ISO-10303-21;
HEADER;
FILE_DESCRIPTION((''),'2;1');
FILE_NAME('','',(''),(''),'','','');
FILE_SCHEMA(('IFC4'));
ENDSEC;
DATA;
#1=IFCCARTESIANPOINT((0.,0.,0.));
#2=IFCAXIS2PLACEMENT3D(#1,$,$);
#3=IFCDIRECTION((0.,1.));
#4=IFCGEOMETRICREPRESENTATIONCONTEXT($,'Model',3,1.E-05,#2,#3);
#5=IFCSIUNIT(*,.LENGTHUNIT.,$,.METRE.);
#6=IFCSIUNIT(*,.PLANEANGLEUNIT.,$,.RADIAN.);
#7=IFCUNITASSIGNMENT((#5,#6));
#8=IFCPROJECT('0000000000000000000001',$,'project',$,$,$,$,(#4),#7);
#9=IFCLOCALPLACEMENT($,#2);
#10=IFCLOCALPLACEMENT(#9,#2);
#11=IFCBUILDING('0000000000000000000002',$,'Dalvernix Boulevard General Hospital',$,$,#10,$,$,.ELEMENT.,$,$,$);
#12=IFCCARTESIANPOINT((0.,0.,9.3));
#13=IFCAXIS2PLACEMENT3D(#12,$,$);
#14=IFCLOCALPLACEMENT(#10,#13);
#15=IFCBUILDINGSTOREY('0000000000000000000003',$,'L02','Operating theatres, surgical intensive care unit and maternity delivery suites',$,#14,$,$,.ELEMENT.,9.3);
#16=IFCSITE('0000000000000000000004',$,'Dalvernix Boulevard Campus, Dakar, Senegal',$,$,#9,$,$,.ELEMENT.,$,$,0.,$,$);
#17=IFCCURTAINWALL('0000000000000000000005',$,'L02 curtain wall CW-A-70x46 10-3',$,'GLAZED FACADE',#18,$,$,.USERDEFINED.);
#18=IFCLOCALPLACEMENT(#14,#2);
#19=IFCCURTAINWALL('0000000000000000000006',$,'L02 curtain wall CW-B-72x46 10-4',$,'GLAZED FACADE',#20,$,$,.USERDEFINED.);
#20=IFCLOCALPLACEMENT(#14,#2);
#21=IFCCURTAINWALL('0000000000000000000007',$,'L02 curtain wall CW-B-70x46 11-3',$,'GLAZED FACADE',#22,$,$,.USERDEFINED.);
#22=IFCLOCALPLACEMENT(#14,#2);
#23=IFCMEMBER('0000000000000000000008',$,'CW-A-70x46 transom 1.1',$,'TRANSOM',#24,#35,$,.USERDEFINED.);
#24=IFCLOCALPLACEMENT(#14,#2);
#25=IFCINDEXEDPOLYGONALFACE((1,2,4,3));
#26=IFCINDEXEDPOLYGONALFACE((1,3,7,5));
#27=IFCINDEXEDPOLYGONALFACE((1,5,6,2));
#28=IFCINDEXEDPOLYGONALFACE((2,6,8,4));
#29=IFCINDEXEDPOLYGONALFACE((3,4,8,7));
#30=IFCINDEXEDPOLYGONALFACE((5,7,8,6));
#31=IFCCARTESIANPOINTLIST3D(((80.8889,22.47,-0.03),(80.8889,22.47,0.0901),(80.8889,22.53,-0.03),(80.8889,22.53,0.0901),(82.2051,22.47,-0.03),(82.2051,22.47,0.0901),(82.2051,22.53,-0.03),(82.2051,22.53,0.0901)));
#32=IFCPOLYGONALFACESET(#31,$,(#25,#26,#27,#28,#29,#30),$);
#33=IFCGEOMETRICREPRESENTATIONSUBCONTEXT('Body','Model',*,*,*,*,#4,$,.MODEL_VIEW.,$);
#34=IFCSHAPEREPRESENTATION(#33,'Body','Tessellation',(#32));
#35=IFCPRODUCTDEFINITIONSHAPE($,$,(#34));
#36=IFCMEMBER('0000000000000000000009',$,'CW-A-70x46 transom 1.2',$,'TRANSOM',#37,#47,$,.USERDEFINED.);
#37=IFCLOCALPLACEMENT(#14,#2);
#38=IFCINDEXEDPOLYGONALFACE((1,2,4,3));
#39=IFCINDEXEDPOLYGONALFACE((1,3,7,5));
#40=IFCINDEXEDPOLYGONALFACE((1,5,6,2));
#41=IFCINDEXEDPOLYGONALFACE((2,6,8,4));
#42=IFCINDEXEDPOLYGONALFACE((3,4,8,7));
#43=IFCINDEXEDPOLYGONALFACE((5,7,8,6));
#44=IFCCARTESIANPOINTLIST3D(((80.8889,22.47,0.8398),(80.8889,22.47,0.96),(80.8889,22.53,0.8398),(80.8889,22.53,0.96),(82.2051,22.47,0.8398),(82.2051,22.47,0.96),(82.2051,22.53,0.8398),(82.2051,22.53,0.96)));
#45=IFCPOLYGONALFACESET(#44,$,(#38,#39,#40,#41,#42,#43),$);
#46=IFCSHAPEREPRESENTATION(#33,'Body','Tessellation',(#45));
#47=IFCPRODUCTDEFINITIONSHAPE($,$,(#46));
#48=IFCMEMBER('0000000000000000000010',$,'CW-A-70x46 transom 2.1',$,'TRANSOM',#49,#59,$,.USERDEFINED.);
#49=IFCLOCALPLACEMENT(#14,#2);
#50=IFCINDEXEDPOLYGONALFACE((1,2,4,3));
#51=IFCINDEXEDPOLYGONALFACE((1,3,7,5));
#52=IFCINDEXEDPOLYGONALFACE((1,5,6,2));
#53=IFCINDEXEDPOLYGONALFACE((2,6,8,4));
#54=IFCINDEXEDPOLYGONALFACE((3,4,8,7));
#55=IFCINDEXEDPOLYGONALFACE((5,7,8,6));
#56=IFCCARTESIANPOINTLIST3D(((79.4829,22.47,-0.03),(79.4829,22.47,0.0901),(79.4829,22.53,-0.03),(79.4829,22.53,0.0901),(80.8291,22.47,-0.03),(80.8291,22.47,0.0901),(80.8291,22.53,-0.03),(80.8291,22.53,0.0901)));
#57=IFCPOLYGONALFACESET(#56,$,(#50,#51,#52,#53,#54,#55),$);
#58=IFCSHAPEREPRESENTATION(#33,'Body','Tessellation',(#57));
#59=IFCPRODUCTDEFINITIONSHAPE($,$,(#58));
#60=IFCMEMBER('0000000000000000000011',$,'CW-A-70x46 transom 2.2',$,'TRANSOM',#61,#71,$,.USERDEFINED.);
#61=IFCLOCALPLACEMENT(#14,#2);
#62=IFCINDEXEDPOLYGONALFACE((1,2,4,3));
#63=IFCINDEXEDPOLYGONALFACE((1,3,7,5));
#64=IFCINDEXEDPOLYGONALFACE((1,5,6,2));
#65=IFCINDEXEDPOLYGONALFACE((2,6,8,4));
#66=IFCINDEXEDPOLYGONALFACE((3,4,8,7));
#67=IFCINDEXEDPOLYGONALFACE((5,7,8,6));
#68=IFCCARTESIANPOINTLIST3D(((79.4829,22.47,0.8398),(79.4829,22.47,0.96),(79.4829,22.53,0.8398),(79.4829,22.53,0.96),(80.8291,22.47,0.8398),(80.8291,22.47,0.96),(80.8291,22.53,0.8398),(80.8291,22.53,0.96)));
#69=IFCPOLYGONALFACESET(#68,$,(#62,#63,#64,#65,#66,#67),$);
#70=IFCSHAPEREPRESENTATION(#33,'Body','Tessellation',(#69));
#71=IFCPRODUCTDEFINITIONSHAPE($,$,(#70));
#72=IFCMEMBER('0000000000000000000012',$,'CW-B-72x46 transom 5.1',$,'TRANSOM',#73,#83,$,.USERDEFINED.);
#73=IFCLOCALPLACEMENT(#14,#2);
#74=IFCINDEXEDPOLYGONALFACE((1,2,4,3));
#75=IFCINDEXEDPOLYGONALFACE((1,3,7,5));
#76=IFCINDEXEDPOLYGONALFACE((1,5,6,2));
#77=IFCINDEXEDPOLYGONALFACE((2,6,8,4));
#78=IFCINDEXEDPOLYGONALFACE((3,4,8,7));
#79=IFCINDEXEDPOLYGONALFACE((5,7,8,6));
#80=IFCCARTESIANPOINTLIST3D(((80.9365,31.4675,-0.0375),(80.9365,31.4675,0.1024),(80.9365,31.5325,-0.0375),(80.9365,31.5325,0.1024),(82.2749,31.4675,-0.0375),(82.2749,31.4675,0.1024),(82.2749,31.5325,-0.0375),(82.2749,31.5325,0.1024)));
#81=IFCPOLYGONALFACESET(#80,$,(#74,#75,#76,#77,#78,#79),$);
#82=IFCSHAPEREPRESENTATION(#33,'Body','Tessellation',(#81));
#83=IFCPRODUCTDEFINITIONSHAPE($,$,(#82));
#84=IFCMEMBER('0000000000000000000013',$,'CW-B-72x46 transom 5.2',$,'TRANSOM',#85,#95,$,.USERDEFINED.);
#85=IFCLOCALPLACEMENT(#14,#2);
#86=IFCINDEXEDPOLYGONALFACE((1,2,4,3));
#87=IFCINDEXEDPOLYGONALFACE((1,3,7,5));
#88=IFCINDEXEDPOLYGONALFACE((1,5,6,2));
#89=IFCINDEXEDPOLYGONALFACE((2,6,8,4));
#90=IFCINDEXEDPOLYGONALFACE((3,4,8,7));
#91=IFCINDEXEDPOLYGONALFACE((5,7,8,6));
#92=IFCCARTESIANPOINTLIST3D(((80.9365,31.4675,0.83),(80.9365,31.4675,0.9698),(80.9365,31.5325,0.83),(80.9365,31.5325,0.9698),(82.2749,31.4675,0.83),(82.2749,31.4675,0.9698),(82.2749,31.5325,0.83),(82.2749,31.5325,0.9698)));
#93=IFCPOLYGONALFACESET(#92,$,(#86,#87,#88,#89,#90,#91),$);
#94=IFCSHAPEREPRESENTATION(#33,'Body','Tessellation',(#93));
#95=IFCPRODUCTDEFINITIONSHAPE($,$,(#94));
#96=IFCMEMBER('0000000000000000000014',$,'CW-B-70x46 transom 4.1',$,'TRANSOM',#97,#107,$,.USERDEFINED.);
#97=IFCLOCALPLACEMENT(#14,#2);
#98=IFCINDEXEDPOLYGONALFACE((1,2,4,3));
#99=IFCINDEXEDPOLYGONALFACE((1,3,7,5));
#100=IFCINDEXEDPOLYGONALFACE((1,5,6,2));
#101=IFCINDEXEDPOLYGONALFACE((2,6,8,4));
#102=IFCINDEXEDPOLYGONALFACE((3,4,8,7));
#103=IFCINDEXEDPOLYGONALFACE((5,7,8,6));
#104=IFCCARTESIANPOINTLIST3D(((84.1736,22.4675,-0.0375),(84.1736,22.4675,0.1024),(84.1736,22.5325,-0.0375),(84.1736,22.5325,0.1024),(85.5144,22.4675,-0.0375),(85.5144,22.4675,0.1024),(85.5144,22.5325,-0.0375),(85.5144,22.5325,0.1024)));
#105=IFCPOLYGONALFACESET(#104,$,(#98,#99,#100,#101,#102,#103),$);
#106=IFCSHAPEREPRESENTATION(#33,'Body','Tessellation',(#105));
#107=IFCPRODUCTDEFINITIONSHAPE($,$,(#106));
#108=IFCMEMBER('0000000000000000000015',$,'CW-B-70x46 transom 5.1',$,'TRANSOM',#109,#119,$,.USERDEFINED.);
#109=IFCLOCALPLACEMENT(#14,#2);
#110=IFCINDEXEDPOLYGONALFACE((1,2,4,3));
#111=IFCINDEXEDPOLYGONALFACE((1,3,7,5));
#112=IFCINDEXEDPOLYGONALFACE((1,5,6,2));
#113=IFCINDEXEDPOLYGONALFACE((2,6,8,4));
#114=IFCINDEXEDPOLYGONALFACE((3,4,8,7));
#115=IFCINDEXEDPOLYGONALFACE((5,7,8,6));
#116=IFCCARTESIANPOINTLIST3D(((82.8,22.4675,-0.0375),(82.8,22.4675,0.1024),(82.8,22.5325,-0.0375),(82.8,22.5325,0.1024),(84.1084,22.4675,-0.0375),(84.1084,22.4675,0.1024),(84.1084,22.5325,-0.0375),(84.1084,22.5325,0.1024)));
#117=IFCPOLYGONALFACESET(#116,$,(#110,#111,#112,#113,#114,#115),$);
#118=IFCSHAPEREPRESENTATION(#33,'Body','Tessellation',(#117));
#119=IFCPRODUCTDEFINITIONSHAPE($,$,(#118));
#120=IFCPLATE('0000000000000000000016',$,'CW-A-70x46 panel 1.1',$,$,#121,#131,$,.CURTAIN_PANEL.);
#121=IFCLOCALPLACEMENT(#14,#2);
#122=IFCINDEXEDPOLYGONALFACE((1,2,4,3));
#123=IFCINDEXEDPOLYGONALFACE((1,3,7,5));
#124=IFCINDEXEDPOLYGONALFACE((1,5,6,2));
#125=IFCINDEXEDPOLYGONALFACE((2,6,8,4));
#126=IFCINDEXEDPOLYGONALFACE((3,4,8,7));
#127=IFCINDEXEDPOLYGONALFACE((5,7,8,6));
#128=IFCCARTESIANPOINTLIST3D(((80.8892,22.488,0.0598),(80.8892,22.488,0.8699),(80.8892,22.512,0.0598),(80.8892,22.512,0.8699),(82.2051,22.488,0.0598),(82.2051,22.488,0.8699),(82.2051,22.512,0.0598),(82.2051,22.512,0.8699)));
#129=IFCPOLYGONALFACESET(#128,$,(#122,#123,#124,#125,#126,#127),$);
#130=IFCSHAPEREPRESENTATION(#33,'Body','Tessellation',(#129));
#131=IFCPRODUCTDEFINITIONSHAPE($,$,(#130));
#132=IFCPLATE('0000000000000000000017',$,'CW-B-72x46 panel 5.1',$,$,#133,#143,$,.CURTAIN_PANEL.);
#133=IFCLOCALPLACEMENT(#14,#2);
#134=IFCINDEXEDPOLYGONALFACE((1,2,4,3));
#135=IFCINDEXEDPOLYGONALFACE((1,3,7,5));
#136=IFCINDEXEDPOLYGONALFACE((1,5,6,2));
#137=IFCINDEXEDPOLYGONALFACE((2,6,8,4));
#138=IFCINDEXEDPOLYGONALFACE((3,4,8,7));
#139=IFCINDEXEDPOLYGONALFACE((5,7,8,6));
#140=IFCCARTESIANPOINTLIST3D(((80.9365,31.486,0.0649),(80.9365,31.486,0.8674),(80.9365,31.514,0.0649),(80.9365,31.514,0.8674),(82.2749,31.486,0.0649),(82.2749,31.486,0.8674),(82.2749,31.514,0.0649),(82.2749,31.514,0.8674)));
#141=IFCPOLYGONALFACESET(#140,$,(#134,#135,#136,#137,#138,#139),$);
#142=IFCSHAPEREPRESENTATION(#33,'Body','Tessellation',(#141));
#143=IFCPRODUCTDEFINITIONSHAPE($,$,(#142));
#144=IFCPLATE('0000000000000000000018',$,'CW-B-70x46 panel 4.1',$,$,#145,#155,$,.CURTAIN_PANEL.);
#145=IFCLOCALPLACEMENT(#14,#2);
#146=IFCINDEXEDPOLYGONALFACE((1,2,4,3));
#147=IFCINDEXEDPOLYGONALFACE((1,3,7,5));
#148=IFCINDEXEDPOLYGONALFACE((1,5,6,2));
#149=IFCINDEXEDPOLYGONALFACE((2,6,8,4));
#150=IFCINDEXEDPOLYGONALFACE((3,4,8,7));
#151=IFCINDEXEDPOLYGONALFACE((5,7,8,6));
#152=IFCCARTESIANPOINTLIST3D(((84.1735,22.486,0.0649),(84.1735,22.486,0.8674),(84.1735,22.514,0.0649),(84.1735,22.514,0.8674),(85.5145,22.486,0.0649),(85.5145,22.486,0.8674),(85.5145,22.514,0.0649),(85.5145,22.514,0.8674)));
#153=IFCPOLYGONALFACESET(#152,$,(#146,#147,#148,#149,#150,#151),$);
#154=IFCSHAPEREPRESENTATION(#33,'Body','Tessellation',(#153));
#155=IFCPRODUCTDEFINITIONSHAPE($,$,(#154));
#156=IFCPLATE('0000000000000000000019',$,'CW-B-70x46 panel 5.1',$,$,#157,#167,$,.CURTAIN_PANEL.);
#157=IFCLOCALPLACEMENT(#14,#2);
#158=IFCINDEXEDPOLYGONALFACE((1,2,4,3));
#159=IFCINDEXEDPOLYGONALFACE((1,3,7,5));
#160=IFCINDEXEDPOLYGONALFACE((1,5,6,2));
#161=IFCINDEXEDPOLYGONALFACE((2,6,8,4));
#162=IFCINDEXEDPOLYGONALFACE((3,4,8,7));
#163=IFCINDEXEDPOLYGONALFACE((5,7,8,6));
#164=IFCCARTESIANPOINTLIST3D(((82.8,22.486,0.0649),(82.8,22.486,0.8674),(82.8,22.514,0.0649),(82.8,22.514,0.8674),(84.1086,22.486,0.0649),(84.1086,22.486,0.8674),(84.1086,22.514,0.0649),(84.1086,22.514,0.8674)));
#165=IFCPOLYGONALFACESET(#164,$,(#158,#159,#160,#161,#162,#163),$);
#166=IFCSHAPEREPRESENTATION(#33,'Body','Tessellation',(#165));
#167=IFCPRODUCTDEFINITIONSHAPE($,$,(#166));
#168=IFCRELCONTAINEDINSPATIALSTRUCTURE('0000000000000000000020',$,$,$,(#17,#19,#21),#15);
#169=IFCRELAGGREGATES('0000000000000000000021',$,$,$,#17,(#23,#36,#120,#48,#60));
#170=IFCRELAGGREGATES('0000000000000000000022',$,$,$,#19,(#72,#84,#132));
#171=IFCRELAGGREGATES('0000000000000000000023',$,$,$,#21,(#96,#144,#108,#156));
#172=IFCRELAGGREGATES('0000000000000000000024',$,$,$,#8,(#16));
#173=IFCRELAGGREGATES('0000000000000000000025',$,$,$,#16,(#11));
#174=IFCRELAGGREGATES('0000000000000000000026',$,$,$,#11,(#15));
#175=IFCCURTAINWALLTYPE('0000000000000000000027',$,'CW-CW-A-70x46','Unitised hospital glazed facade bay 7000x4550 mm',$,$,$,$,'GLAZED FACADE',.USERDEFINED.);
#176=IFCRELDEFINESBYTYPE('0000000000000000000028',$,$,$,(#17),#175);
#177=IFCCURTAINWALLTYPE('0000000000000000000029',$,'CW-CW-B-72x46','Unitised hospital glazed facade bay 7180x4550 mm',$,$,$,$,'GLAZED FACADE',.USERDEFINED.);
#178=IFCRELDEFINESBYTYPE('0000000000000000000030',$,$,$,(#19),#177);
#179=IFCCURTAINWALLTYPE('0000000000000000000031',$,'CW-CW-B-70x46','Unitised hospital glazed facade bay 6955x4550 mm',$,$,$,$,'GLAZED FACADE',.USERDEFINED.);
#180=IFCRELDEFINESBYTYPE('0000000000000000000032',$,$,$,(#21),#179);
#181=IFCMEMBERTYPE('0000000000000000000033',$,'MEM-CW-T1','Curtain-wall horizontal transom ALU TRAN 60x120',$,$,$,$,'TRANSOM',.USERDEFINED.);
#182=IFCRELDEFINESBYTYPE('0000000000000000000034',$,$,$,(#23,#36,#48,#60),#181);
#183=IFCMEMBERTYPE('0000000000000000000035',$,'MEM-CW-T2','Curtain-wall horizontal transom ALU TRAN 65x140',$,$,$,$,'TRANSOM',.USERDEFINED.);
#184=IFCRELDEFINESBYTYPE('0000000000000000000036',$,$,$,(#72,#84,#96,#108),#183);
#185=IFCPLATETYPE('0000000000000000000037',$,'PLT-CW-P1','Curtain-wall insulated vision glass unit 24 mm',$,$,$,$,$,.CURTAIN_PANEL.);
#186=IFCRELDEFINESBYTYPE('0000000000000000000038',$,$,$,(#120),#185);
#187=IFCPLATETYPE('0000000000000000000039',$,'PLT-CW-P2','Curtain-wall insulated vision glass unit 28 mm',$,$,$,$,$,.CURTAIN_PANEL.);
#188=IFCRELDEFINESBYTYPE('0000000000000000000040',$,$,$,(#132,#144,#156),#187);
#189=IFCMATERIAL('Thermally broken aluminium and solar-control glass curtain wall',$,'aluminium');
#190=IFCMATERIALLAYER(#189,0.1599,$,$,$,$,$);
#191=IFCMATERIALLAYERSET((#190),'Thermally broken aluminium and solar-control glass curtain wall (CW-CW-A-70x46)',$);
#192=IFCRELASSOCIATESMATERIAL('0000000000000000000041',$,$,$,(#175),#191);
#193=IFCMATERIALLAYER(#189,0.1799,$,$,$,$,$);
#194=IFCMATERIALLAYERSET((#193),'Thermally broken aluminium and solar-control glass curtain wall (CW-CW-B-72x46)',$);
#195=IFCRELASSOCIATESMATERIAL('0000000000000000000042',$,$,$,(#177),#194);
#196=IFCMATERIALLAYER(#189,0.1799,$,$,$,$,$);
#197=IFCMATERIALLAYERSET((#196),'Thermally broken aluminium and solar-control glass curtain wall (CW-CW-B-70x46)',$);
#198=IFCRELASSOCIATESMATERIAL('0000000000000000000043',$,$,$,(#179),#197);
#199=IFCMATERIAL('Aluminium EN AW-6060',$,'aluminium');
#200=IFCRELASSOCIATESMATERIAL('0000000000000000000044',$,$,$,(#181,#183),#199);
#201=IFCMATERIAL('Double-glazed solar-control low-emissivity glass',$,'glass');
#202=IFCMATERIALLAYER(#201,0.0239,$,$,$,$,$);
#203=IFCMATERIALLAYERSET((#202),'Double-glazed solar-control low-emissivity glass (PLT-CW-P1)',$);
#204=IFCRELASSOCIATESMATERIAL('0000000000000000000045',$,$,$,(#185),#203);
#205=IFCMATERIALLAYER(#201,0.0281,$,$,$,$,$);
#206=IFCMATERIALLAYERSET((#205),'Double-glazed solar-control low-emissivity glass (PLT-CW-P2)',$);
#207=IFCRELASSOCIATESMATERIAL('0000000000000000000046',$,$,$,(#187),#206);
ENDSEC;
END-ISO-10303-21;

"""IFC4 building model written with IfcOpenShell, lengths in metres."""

from ifc_helpers import new_model, si_unit, direction, frame, origin, origin_2d, place, context, subcontext, project, spatial, rectangle, extrude, material, layer, layer_set, material_profile, profile_set, type_object, element, aggregate, save


model = new_model("IFC4")

# Units and contexts
model_context = context("Model", 3, precision=1e-05, world=origin(), true_north=direction((0.0, 1.0)))
body_context = subcontext(model_context, "Body", "Model", "MODEL_VIEW")
ifc_project = project(units=[si_unit("LENGTHUNIT", "METRE"), si_unit("PLANEANGLEUNIT", "RADIAN")], contexts=[model_context])

# Site, building, storey
site_placement = place(None, origin())
site = spatial("IfcSite", under=ifc_project, at=site_placement, Name="Dalvernix Boulevard Campus, Dakar, Senegal", CompositionType="ELEMENT", RefElevation=0.0)
building_placement = place(site_placement, origin())
building = spatial("IfcBuilding", under=site, at=building_placement, Name="Dalvernix Boulevard General Hospital", CompositionType="ELEMENT")
storey_placement = place(building_placement, frame((0.0, 0.0, 9.3)))
storey = spatial("IfcBuildingStorey", under=building, at=storey_placement, Name="L02", Description="Operating theatres, surgical intensive care unit and maternity delivery suites", CompositionType="ELEMENT", Elevation=9.3)

# Curtain walls
ifc_material_1 = material(Name="Thermally broken aluminium and solar-control glass curtain wall", Category="aluminium")
ifc_layer_1 = layer(ifc_material_1, 0.1599)
ifc_layer_set_1 = layer_set([ifc_layer_1], Name="Thermally broken aluminium and solar-control glass curtain wall (CW-CW-A-70x46)")
curtain_wall_type_1 = type_object("IfcCurtainWallType", Name="CW-CW-A-70x46", Description="Unitised hospital glazed facade bay 7000x4550 mm", ElementType="GLAZED FACADE", PredefinedType="USERDEFINED", material=ifc_layer_set_1)
curtain_wall_1_placement = place(storey_placement, origin())
curtain_wall_1 = element("IfcCurtainWall", 1, at=curtain_wall_1_placement, inside=storey, type_object=curtain_wall_type_1, Name="L02 curtain wall CW-A-70x46 10-3", ObjectType="GLAZED FACADE", PredefinedType="USERDEFINED")
ifc_material_2 = material(Name="Aluminium EN AW-6060", Category="aluminium")
ifc_layer_2 = layer(ifc_material_1, 0.1799)
ifc_layer_set_2 = layer_set([ifc_layer_2], Name="Thermally broken aluminium and solar-control glass curtain wall (CW-CW-B-72x46)")
curtain_wall_type_2 = type_object("IfcCurtainWallType", Name="CW-CW-B-72x46", Description="Unitised hospital glazed facade bay 7180x4550 mm", ElementType="GLAZED FACADE", PredefinedType="USERDEFINED", material=ifc_layer_set_2)
curtain_wall_2_placement = place(storey_placement, origin())
curtain_wall_2 = element("IfcCurtainWall", 2, at=curtain_wall_2_placement, inside=storey, type_object=curtain_wall_type_2, Name="L02 curtain wall CW-B-72x46 10-4", ObjectType="GLAZED FACADE", PredefinedType="USERDEFINED")
ifc_layer_3 = layer(ifc_material_1, 0.1799)
ifc_layer_set_3 = layer_set([ifc_layer_3], Name="Thermally broken aluminium and solar-control glass curtain wall (CW-CW-B-70x46)")
curtain_wall_type_3 = type_object("IfcCurtainWallType", Name="CW-CW-B-70x46", Description="Unitised hospital glazed facade bay 6955x4550 mm", ElementType="GLAZED FACADE", PredefinedType="USERDEFINED", material=ifc_layer_set_3)
curtain_wall_3_placement = place(storey_placement, origin())
curtain_wall_3 = element("IfcCurtainWall", 3, at=curtain_wall_3_placement, inside=storey, type_object=curtain_wall_type_3, Name="L02 curtain wall CW-B-70x46 11-3", ObjectType="GLAZED FACADE", PredefinedType="USERDEFINED")

# Members
ifc_material_profile_1 = material_profile(ifc_material_2, rectangle(XDim=0.0601, YDim=0.1201, at=origin_2d()), Name="ALU TRAN 60x120")
ifc_profile_set_1 = profile_set([ifc_material_profile_1], Name="Aluminium EN AW-6060")
member_type_1 = type_object("IfcMemberType", Name="MEM-CW-T1", Description="Curtain-wall horizontal transom ALU TRAN 60x120", ElementType="TRANSOM", PredefinedType="USERDEFINED", material=ifc_profile_set_1)
member_1_placement = place(storey_placement, frame((82.2051, 22.5, 0.03), z_axis=(-1.0, 0.0, 0.0), x_axis=(0.0, -1.0, 0.0)))
member_1 = element("IfcMember", 4, at=member_1_placement, type_object=member_type_1, Name="CW-A-70x46 transom 1.1", ObjectType="TRANSOM", PredefinedType="USERDEFINED", context=body_context, shape_type="SweptSolid", body=[
    extrude(rectangle(XDim=0.0601, YDim=0.1201, at=origin_2d()), origin(), (0.0, 0.0, 1.0), 1.3162),
])
member_2_placement = place(storey_placement, frame((82.2051, 22.5, 0.8999), z_axis=(-1.0, 0.0, 0.0), x_axis=(0.0, -1.0, 0.0)))
member_2 = element("IfcMember", 5, at=member_2_placement, type_object=member_type_1, Name="CW-A-70x46 transom 1.2", ObjectType="TRANSOM", PredefinedType="USERDEFINED", context=body_context, shape_type="SweptSolid", body=[
    extrude(rectangle(XDim=0.0601, YDim=0.1201, at=origin_2d()), origin(), (0.0, 0.0, 1.0), 1.3162),
])
member_3_placement = place(storey_placement, frame((80.8291, 22.5, 0.03), z_axis=(-1.0, 0.0, 0.0), x_axis=(0.0, -1.0, 0.0)))
member_3 = element("IfcMember", 6, at=member_3_placement, type_object=member_type_1, Name="CW-A-70x46 transom 2.1", ObjectType="TRANSOM", PredefinedType="USERDEFINED", context=body_context, shape_type="SweptSolid", body=[
    extrude(rectangle(XDim=0.0601, YDim=0.1201, at=origin_2d()), origin(), (0.0, 0.0, 1.0), 1.3462),
])
member_4_placement = place(storey_placement, frame((80.8291, 22.5, 0.8999), z_axis=(-1.0, 0.0, 0.0), x_axis=(0.0, -1.0, 0.0)))
member_4 = element("IfcMember", 7, at=member_4_placement, type_object=member_type_1, Name="CW-A-70x46 transom 2.2", ObjectType="TRANSOM", PredefinedType="USERDEFINED", context=body_context, shape_type="SweptSolid", body=[
    extrude(rectangle(XDim=0.0601, YDim=0.1201, at=origin_2d()), origin(), (0.0, 0.0, 1.0), 1.3462),
])
ifc_material_profile_2 = material_profile(ifc_material_2, rectangle(XDim=0.0649, YDim=0.1399, at=origin_2d()), Name="ALU TRAN 65x140")
ifc_profile_set_2 = profile_set([ifc_material_profile_2], Name="Aluminium EN AW-6060")
member_type_2 = type_object("IfcMemberType", Name="MEM-CW-T2", Description="Curtain-wall horizontal transom ALU TRAN 65x140", ElementType="TRANSOM", PredefinedType="USERDEFINED", material=ifc_profile_set_2)
member_5_placement = place(storey_placement, frame((80.9365, 31.5, 0.0325), z_axis=(1.0, 0.0, 0.0), x_axis=(0.0, 1.0, 0.0)))
member_5 = element("IfcMember", 8, at=member_5_placement, type_object=member_type_2, Name="CW-B-72x46 transom 5.1", ObjectType="TRANSOM", PredefinedType="USERDEFINED", context=body_context, shape_type="SweptSolid", body=[
    extrude(rectangle(XDim=0.0649, YDim=0.1399, at=origin_2d()), origin(), (0.0, 0.0, 1.0), 1.3384),
])
member_6_placement = place(storey_placement, frame((80.9365, 31.5, 0.8999), z_axis=(1.0, 0.0, 0.0), x_axis=(0.0, 1.0, 0.0)))
member_6 = element("IfcMember", 9, at=member_6_placement, type_object=member_type_2, Name="CW-B-72x46 transom 5.2", ObjectType="TRANSOM", PredefinedType="USERDEFINED", context=body_context, shape_type="SweptSolid", body=[
    extrude(rectangle(XDim=0.0649, YDim=0.1399, at=origin_2d()), origin(), (0.0, 0.0, 1.0), 1.3384),
])
member_7_placement = place(storey_placement, frame((85.5144, 22.5, 0.0325), z_axis=(-1.0, 0.0, 0.0), x_axis=(0.0, -1.0, 0.0)))
member_7 = element("IfcMember", 10, at=member_7_placement, type_object=member_type_2, Name="CW-B-70x46 transom 4.1", ObjectType="TRANSOM", PredefinedType="USERDEFINED", context=body_context, shape_type="SweptSolid", body=[
    extrude(rectangle(XDim=0.0649, YDim=0.1399, at=origin_2d()), origin(), (0.0, 0.0, 1.0), 1.3408),
])
member_8_placement = place(storey_placement, frame((84.1084, 22.5, 0.0325), z_axis=(-1.0, 0.0, 0.0), x_axis=(0.0, -1.0, 0.0)))
member_8 = element("IfcMember", 11, at=member_8_placement, type_object=member_type_2, Name="CW-B-70x46 transom 5.1", ObjectType="TRANSOM", PredefinedType="USERDEFINED", context=body_context, shape_type="SweptSolid", body=[
    extrude(rectangle(XDim=0.0649, YDim=0.1399, at=origin_2d()), origin(), (0.0, 0.0, 1.0), 1.3083),
])

# Plates
ifc_material_3 = material(Name="Double-glazed solar-control low-emissivity glass", Category="glass")
ifc_layer_4 = layer(ifc_material_3, 0.0239)
ifc_layer_set_4 = layer_set([ifc_layer_4], Name="Double-glazed solar-control low-emissivity glass (PLT-CW-P1)")
plate_type_1 = type_object("IfcPlateType", Name="PLT-CW-P1", Description="Curtain-wall insulated vision glass unit 24 mm", PredefinedType="CURTAIN_PANEL", material=ifc_layer_set_4)
plate_1_placement = place(storey_placement, frame((81.5471, 22.5, 0.0598), z_axis=(0.0, 0.0, 1.0), x_axis=(-1.0, 0.0, 0.0)))
plate_1 = element("IfcPlate", 12, at=plate_1_placement, type_object=plate_type_1, Name="CW-A-70x46 panel 1.1", PredefinedType="CURTAIN_PANEL", context=body_context, shape_type="SweptSolid", body=[
    extrude(rectangle(XDim=1.3159, YDim=0.0239, at=origin_2d()), origin(), (0.0, 0.0, 1.0), 0.8101),
])
aggregate(curtain_wall_1, [member_1, member_2, plate_1, member_3, member_4])
ifc_layer_5 = layer(ifc_material_3, 0.0281)
ifc_layer_set_5 = layer_set([ifc_layer_5], Name="Double-glazed solar-control low-emissivity glass (PLT-CW-P2)")
plate_type_2 = type_object("IfcPlateType", Name="PLT-CW-P2", Description="Curtain-wall insulated vision glass unit 28 mm", PredefinedType="CURTAIN_PANEL", material=ifc_layer_set_5)
plate_2_placement = place(storey_placement, frame((81.6057, 31.5, 0.0649), z_axis=(0.0, 0.0, 1.0), x_axis=(1.0, 0.0, 0.0)))
plate_2 = element("IfcPlate", 13, at=plate_2_placement, type_object=plate_type_2, Name="CW-B-72x46 panel 5.1", PredefinedType="CURTAIN_PANEL", context=body_context, shape_type="SweptSolid", body=[
    extrude(rectangle(XDim=1.3384, YDim=0.0281, at=origin_2d()), origin(), (0.0, 0.0, 1.0), 0.8025),
])
aggregate(curtain_wall_2, [member_5, member_6, plate_2])
plate_3_placement = place(storey_placement, frame((84.844, 22.5, 0.0649), z_axis=(0.0, 0.0, 1.0), x_axis=(-1.0, 0.0, 0.0)))
plate_3 = element("IfcPlate", 14, at=plate_3_placement, type_object=plate_type_2, Name="CW-B-70x46 panel 4.1", PredefinedType="CURTAIN_PANEL", context=body_context, shape_type="SweptSolid", body=[
    extrude(rectangle(XDim=1.3411, YDim=0.0281, at=origin_2d()), origin(), (0.0, 0.0, 1.0), 0.8025),
])
plate_4_placement = place(storey_placement, frame((83.4543, 22.5, 0.0649), z_axis=(0.0, 0.0, 1.0), x_axis=(-1.0, 0.0, 0.0)))
plate_4 = element("IfcPlate", 15, at=plate_4_placement, type_object=plate_type_2, Name="CW-B-70x46 panel 5.1", PredefinedType="CURTAIN_PANEL", context=body_context, shape_type="SweptSolid", body=[
    extrude(rectangle(XDim=1.3086, YDim=0.0281, at=origin_2d()), origin(), (0.0, 0.0, 1.0), 0.8025),
])
aggregate(curtain_wall_3, [member_7, plate_3, member_8, plate_4])

save(model, "model.ifc")
